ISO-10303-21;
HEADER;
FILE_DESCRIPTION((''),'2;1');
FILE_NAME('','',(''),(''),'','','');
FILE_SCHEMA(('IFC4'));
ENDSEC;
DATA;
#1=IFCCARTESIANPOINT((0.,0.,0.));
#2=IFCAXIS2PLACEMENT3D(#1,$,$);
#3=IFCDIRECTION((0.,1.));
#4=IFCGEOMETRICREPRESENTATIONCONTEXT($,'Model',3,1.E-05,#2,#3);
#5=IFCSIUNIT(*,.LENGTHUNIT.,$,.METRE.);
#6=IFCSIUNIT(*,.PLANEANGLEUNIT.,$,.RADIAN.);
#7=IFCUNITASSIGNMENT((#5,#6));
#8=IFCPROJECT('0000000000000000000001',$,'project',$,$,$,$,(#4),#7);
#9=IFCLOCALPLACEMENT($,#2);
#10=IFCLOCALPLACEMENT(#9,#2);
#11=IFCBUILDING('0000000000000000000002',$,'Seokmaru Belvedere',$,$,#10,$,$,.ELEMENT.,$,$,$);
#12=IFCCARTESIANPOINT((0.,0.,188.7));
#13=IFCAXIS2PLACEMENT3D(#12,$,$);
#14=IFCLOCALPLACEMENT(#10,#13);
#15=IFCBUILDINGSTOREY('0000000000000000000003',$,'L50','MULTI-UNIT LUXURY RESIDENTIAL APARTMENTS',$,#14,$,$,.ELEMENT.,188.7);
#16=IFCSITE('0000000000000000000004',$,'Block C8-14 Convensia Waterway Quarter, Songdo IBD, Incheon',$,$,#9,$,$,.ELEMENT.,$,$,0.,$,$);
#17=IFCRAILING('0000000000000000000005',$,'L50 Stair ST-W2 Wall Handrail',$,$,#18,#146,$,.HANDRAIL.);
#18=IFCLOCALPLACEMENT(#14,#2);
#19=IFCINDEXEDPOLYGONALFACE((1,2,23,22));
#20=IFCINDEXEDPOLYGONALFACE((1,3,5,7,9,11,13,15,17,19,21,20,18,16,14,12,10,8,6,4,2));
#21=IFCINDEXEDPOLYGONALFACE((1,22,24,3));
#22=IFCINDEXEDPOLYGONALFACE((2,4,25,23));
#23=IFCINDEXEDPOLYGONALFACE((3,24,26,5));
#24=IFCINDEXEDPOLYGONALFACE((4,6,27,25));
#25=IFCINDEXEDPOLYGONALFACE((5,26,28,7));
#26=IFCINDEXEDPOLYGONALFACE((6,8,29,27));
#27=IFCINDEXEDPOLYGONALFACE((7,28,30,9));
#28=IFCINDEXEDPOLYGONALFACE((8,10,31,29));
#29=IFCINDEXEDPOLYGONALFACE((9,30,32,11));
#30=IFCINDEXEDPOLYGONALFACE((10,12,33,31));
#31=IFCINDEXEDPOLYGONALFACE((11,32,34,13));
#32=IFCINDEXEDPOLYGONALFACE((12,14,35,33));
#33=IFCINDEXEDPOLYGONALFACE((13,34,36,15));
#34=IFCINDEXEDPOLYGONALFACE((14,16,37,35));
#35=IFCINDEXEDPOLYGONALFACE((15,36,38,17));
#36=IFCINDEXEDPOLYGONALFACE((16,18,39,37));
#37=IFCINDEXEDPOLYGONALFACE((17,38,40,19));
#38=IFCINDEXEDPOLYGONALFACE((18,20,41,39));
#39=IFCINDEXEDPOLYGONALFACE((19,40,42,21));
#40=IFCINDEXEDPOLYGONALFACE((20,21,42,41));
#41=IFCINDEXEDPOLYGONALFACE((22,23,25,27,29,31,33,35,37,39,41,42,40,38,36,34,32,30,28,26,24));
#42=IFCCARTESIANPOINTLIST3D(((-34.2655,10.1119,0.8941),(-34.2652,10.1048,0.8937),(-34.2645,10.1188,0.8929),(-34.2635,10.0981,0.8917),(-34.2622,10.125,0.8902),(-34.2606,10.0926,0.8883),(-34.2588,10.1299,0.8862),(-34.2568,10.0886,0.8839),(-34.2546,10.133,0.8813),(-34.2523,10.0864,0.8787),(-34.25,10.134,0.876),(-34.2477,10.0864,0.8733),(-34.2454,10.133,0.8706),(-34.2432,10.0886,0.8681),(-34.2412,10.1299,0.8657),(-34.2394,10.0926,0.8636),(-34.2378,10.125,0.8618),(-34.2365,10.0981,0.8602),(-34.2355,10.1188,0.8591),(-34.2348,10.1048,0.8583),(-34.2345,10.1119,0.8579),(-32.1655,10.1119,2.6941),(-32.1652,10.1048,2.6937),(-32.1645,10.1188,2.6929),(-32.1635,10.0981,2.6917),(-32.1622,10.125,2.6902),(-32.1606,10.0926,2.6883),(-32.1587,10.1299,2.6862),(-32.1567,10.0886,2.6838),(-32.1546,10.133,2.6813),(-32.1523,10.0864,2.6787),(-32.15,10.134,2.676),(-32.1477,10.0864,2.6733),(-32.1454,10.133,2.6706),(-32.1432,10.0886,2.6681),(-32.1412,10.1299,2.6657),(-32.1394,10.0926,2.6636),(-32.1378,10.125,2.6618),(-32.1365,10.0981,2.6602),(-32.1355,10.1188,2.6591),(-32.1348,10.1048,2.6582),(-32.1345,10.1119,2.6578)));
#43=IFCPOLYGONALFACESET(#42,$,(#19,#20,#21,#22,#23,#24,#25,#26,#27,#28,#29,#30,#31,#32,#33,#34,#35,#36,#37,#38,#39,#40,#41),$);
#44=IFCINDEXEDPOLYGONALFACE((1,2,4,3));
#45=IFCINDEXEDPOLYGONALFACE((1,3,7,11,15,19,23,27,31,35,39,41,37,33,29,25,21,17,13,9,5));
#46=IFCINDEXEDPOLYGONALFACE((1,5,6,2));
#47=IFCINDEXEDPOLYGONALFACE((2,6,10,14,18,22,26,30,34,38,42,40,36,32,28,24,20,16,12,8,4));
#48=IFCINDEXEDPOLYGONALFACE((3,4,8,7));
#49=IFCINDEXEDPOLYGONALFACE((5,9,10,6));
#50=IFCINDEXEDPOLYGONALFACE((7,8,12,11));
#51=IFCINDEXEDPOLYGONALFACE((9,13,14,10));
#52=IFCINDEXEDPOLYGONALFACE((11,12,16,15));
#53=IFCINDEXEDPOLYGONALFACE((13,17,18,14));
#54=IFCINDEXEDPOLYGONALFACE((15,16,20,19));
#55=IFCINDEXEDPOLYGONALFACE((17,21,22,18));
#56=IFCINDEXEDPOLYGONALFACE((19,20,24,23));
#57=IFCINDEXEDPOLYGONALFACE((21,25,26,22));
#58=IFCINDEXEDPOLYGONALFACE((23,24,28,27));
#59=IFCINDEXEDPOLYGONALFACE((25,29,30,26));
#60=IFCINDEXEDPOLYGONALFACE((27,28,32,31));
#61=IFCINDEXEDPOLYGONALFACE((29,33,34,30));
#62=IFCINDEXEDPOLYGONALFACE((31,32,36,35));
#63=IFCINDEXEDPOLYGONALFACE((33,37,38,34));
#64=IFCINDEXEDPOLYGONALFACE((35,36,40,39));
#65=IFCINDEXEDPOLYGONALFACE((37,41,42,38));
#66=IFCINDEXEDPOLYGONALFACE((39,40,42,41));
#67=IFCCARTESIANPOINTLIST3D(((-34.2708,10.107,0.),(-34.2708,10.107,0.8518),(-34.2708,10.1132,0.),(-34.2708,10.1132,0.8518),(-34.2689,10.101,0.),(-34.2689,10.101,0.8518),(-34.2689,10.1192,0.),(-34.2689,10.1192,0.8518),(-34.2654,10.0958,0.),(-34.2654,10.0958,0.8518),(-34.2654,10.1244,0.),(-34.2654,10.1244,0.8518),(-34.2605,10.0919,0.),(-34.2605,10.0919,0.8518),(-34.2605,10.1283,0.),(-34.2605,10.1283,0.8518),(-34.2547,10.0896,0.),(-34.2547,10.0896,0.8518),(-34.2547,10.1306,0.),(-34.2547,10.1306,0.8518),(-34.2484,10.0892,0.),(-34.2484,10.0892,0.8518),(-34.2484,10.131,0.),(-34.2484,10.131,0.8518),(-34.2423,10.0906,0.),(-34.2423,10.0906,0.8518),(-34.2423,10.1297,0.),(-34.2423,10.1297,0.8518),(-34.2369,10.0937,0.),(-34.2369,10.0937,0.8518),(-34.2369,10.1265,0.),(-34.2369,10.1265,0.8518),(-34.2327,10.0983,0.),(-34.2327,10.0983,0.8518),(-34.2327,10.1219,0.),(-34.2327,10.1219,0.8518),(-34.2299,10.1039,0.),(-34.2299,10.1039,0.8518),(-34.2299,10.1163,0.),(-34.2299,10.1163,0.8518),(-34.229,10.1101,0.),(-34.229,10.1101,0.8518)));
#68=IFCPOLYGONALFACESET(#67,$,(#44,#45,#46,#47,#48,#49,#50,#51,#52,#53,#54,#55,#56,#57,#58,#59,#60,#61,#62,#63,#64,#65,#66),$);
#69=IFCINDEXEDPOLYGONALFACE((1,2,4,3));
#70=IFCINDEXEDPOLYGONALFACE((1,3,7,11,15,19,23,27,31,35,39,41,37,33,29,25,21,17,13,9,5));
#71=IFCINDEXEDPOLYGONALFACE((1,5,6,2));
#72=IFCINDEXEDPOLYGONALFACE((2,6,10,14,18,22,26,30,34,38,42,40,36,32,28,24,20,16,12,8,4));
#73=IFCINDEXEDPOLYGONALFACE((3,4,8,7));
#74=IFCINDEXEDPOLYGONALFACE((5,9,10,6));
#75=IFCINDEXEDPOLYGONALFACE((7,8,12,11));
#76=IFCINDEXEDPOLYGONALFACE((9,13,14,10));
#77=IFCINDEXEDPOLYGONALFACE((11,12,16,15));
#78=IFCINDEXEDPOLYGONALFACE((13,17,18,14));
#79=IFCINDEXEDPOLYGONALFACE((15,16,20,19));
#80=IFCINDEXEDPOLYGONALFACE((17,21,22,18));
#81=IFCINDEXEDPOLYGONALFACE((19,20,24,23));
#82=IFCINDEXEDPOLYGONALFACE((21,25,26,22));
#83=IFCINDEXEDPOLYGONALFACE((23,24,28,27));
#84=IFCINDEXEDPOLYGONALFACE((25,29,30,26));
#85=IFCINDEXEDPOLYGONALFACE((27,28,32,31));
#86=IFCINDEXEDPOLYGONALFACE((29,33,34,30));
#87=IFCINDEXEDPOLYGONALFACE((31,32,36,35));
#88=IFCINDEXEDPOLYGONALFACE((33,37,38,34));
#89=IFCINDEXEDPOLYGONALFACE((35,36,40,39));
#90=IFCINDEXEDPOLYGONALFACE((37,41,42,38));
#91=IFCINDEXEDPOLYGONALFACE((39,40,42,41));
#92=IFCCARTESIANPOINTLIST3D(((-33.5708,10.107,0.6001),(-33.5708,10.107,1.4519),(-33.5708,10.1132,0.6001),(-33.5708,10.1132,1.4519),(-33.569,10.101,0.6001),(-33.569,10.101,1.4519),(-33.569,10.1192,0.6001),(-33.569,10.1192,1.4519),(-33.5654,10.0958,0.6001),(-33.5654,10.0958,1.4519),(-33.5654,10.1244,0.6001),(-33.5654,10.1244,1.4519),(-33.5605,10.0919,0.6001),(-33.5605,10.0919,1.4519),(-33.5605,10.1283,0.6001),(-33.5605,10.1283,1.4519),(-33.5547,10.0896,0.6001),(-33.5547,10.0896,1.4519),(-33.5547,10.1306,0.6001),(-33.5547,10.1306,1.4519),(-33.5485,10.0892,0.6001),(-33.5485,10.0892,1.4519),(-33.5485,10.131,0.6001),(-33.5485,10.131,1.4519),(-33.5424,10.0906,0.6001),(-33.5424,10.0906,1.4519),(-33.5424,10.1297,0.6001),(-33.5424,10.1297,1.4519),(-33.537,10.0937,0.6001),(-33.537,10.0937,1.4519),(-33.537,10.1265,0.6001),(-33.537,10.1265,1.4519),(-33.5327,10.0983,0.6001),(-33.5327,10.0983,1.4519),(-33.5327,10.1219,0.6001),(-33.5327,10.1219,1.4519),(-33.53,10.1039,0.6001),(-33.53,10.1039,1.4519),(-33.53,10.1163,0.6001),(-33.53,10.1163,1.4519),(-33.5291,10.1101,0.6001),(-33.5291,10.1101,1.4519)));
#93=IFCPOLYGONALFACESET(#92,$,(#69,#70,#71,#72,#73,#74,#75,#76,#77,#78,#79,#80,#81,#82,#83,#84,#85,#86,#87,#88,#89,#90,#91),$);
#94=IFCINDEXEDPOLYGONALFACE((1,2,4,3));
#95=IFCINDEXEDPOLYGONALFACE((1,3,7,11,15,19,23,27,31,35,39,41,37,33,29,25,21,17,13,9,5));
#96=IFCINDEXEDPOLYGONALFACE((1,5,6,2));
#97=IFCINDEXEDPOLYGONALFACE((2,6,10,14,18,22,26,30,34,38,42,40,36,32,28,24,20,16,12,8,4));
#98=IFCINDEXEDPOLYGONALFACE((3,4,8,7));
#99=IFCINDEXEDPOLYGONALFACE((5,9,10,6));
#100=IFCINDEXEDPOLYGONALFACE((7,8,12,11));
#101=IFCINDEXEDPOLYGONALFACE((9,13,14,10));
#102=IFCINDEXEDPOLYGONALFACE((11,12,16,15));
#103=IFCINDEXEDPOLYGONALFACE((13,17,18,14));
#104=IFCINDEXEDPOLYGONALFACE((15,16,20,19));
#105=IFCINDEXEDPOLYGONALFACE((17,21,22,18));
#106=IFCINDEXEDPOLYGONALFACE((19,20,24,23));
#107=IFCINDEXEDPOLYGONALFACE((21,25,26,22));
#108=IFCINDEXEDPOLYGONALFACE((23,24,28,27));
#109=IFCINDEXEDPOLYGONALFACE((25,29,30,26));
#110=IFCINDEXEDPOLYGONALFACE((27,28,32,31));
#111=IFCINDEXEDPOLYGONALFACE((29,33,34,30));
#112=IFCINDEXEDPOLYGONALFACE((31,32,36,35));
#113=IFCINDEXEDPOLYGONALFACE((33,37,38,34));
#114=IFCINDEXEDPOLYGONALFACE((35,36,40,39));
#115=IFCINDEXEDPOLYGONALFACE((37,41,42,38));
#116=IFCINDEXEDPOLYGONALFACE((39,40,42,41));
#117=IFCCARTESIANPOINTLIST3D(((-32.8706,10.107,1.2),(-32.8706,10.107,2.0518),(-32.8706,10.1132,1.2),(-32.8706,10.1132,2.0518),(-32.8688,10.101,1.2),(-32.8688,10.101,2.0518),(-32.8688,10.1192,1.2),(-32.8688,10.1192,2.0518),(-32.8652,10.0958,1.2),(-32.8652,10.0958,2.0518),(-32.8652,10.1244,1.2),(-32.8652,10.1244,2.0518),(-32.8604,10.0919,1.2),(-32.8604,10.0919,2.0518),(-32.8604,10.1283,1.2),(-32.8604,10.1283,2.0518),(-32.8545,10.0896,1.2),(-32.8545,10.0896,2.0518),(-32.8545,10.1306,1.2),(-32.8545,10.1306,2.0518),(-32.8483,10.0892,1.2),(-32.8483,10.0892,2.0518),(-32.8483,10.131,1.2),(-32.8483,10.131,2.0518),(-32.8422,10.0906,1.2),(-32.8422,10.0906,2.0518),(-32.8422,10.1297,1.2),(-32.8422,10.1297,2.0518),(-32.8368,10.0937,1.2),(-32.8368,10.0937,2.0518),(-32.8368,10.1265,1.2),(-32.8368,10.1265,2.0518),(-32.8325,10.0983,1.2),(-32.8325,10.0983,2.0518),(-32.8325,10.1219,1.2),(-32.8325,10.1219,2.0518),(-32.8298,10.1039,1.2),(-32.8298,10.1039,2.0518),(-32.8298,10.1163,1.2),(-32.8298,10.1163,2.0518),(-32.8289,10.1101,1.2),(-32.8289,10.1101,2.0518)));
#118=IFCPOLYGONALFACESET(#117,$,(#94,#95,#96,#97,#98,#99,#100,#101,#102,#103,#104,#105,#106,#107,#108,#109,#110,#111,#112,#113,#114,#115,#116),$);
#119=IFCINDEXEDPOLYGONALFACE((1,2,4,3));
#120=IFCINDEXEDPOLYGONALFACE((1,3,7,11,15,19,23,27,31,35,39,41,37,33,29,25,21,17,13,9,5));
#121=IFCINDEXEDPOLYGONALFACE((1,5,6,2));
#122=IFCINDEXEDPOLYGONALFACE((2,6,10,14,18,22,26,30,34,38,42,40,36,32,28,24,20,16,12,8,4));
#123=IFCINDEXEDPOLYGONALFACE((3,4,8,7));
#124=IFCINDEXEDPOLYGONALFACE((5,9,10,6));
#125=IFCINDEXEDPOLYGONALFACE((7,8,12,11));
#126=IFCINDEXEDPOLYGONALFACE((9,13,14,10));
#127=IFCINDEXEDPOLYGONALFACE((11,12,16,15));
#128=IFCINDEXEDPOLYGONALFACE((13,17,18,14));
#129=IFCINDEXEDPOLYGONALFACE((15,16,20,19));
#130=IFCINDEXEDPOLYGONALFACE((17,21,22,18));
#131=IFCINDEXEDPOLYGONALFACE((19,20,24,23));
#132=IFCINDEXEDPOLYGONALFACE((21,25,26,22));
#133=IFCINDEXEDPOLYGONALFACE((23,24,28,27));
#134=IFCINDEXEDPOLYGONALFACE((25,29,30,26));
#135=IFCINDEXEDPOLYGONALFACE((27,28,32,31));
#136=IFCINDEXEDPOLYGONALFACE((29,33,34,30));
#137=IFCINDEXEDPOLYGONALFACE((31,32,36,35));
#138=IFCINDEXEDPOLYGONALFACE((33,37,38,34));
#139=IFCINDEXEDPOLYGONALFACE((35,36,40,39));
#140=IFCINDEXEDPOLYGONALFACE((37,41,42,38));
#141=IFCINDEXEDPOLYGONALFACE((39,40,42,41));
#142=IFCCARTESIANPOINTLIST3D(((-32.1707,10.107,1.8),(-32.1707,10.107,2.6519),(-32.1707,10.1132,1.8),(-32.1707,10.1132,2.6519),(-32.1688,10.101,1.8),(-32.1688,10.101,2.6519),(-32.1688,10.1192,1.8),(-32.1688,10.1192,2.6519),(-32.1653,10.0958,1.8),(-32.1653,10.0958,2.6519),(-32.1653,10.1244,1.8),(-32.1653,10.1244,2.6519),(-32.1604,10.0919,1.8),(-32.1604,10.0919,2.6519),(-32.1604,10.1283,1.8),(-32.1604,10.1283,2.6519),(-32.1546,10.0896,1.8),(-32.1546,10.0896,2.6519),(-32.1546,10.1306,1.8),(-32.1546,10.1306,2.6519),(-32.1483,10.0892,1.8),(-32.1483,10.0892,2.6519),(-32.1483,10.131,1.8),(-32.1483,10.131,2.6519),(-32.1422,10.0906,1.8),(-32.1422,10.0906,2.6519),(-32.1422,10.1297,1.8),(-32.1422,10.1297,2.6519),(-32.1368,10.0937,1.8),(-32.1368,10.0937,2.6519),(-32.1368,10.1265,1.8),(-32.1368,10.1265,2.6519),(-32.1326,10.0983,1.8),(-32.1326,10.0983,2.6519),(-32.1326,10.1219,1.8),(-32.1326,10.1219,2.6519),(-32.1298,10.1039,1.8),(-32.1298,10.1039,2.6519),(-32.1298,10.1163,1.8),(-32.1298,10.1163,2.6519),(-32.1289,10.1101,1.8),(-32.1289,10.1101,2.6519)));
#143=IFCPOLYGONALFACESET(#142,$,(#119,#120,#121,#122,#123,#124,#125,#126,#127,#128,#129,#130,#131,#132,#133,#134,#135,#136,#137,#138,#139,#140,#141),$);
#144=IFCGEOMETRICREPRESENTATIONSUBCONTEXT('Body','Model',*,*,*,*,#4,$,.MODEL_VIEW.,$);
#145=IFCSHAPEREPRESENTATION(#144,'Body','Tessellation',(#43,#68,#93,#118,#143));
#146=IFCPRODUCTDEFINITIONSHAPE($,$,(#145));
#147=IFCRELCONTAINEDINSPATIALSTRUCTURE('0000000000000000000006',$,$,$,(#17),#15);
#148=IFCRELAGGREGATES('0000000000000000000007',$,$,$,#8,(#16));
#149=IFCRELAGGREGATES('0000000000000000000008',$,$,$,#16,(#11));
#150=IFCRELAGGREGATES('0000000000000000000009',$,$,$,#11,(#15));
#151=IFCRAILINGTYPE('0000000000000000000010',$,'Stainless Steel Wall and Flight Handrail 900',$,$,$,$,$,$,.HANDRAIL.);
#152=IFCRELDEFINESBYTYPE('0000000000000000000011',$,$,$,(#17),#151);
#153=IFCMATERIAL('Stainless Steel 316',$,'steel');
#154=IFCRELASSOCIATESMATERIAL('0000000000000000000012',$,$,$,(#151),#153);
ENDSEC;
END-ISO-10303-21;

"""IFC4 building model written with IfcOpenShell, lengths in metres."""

from ifc_helpers import new_model, si_unit, direction, frame, origin, origin_2d, place, context, subcontext, project, spatial, circle, extrude, material, type_object, element, save


model = new_model("IFC4")

# Units and contexts
model_context = context("Model", 3, precision=1e-05, world=origin(), true_north=direction((0.0, 1.0)))
body_context = subcontext(model_context, "Body", "Model", "MODEL_VIEW")
ifc_project = project(units=[si_unit("LENGTHUNIT", "METRE"), si_unit("PLANEANGLEUNIT", "RADIAN")], contexts=[model_context])

# Site, building, storey
site_placement = place(None, origin())
site = spatial("IfcSite", under=ifc_project, at=site_placement, Name="Block C8-14 Convensia Waterway Quarter, Songdo IBD, Incheon", CompositionType="ELEMENT", RefElevation=0.0)
building_placement = place(site_placement, origin())
building = spatial("IfcBuilding", under=site, at=building_placement, Name="Seokmaru Belvedere", CompositionType="ELEMENT")
storey_placement = place(building_placement, frame((0.0, 0.0, 188.7)))
storey = spatial("IfcBuildingStorey", under=building, at=storey_placement, Name="L50", Description="MULTI-UNIT LUXURY RESIDENTIAL APARTMENTS", CompositionType="ELEMENT", Elevation=188.7)

# Railing
ifc_material_1 = material(Name="Stainless Steel 316", Category="steel")
railing_type_1 = type_object("IfcRailingType", Name="Stainless Steel Wall and Flight Handrail 900", PredefinedType="HANDRAIL", material=ifc_material_1)
railing_1_placement = place(storey_placement, frame((-34.25, 10.1101, 0.0)))
element("IfcRailing", 1, at=railing_1_placement, inside=storey, type_object=railing_type_1, Name="L50 Stair ST-W2 Wall Handrail", PredefinedType="HANDRAIL", context=body_context, shape_type="SweptSolid", body=[
    extrude(circle(Radius=0.0239, at=origin_2d()), frame((0.0, 0.0, 0.876), z_axis=(0.759263, 0.0, 0.650784), x_axis=(0.0, 1.0, 0.0)), (0.0, 0.0, 1.0), 2.7659),
    extrude(circle(Radius=0.021, at=origin_2d()), origin(), (0.0, 0.0, 1.0), 0.8518),
    extrude(circle(Radius=0.021, at=origin_2d()), frame((0.7, 0.0, 0.6001)), (0.0, 0.0, 1.0), 0.8518),
    extrude(circle(Radius=0.021, at=origin_2d()), frame((1.4001, 0.0, 1.2)), (0.0, 0.0, 1.0), 0.8518),
    extrude(circle(Radius=0.021, at=origin_2d()), frame((2.1001, 0.0, 1.8)), (0.0, 0.0, 1.0), 0.8518),
])

save(model, "model.ifc")
